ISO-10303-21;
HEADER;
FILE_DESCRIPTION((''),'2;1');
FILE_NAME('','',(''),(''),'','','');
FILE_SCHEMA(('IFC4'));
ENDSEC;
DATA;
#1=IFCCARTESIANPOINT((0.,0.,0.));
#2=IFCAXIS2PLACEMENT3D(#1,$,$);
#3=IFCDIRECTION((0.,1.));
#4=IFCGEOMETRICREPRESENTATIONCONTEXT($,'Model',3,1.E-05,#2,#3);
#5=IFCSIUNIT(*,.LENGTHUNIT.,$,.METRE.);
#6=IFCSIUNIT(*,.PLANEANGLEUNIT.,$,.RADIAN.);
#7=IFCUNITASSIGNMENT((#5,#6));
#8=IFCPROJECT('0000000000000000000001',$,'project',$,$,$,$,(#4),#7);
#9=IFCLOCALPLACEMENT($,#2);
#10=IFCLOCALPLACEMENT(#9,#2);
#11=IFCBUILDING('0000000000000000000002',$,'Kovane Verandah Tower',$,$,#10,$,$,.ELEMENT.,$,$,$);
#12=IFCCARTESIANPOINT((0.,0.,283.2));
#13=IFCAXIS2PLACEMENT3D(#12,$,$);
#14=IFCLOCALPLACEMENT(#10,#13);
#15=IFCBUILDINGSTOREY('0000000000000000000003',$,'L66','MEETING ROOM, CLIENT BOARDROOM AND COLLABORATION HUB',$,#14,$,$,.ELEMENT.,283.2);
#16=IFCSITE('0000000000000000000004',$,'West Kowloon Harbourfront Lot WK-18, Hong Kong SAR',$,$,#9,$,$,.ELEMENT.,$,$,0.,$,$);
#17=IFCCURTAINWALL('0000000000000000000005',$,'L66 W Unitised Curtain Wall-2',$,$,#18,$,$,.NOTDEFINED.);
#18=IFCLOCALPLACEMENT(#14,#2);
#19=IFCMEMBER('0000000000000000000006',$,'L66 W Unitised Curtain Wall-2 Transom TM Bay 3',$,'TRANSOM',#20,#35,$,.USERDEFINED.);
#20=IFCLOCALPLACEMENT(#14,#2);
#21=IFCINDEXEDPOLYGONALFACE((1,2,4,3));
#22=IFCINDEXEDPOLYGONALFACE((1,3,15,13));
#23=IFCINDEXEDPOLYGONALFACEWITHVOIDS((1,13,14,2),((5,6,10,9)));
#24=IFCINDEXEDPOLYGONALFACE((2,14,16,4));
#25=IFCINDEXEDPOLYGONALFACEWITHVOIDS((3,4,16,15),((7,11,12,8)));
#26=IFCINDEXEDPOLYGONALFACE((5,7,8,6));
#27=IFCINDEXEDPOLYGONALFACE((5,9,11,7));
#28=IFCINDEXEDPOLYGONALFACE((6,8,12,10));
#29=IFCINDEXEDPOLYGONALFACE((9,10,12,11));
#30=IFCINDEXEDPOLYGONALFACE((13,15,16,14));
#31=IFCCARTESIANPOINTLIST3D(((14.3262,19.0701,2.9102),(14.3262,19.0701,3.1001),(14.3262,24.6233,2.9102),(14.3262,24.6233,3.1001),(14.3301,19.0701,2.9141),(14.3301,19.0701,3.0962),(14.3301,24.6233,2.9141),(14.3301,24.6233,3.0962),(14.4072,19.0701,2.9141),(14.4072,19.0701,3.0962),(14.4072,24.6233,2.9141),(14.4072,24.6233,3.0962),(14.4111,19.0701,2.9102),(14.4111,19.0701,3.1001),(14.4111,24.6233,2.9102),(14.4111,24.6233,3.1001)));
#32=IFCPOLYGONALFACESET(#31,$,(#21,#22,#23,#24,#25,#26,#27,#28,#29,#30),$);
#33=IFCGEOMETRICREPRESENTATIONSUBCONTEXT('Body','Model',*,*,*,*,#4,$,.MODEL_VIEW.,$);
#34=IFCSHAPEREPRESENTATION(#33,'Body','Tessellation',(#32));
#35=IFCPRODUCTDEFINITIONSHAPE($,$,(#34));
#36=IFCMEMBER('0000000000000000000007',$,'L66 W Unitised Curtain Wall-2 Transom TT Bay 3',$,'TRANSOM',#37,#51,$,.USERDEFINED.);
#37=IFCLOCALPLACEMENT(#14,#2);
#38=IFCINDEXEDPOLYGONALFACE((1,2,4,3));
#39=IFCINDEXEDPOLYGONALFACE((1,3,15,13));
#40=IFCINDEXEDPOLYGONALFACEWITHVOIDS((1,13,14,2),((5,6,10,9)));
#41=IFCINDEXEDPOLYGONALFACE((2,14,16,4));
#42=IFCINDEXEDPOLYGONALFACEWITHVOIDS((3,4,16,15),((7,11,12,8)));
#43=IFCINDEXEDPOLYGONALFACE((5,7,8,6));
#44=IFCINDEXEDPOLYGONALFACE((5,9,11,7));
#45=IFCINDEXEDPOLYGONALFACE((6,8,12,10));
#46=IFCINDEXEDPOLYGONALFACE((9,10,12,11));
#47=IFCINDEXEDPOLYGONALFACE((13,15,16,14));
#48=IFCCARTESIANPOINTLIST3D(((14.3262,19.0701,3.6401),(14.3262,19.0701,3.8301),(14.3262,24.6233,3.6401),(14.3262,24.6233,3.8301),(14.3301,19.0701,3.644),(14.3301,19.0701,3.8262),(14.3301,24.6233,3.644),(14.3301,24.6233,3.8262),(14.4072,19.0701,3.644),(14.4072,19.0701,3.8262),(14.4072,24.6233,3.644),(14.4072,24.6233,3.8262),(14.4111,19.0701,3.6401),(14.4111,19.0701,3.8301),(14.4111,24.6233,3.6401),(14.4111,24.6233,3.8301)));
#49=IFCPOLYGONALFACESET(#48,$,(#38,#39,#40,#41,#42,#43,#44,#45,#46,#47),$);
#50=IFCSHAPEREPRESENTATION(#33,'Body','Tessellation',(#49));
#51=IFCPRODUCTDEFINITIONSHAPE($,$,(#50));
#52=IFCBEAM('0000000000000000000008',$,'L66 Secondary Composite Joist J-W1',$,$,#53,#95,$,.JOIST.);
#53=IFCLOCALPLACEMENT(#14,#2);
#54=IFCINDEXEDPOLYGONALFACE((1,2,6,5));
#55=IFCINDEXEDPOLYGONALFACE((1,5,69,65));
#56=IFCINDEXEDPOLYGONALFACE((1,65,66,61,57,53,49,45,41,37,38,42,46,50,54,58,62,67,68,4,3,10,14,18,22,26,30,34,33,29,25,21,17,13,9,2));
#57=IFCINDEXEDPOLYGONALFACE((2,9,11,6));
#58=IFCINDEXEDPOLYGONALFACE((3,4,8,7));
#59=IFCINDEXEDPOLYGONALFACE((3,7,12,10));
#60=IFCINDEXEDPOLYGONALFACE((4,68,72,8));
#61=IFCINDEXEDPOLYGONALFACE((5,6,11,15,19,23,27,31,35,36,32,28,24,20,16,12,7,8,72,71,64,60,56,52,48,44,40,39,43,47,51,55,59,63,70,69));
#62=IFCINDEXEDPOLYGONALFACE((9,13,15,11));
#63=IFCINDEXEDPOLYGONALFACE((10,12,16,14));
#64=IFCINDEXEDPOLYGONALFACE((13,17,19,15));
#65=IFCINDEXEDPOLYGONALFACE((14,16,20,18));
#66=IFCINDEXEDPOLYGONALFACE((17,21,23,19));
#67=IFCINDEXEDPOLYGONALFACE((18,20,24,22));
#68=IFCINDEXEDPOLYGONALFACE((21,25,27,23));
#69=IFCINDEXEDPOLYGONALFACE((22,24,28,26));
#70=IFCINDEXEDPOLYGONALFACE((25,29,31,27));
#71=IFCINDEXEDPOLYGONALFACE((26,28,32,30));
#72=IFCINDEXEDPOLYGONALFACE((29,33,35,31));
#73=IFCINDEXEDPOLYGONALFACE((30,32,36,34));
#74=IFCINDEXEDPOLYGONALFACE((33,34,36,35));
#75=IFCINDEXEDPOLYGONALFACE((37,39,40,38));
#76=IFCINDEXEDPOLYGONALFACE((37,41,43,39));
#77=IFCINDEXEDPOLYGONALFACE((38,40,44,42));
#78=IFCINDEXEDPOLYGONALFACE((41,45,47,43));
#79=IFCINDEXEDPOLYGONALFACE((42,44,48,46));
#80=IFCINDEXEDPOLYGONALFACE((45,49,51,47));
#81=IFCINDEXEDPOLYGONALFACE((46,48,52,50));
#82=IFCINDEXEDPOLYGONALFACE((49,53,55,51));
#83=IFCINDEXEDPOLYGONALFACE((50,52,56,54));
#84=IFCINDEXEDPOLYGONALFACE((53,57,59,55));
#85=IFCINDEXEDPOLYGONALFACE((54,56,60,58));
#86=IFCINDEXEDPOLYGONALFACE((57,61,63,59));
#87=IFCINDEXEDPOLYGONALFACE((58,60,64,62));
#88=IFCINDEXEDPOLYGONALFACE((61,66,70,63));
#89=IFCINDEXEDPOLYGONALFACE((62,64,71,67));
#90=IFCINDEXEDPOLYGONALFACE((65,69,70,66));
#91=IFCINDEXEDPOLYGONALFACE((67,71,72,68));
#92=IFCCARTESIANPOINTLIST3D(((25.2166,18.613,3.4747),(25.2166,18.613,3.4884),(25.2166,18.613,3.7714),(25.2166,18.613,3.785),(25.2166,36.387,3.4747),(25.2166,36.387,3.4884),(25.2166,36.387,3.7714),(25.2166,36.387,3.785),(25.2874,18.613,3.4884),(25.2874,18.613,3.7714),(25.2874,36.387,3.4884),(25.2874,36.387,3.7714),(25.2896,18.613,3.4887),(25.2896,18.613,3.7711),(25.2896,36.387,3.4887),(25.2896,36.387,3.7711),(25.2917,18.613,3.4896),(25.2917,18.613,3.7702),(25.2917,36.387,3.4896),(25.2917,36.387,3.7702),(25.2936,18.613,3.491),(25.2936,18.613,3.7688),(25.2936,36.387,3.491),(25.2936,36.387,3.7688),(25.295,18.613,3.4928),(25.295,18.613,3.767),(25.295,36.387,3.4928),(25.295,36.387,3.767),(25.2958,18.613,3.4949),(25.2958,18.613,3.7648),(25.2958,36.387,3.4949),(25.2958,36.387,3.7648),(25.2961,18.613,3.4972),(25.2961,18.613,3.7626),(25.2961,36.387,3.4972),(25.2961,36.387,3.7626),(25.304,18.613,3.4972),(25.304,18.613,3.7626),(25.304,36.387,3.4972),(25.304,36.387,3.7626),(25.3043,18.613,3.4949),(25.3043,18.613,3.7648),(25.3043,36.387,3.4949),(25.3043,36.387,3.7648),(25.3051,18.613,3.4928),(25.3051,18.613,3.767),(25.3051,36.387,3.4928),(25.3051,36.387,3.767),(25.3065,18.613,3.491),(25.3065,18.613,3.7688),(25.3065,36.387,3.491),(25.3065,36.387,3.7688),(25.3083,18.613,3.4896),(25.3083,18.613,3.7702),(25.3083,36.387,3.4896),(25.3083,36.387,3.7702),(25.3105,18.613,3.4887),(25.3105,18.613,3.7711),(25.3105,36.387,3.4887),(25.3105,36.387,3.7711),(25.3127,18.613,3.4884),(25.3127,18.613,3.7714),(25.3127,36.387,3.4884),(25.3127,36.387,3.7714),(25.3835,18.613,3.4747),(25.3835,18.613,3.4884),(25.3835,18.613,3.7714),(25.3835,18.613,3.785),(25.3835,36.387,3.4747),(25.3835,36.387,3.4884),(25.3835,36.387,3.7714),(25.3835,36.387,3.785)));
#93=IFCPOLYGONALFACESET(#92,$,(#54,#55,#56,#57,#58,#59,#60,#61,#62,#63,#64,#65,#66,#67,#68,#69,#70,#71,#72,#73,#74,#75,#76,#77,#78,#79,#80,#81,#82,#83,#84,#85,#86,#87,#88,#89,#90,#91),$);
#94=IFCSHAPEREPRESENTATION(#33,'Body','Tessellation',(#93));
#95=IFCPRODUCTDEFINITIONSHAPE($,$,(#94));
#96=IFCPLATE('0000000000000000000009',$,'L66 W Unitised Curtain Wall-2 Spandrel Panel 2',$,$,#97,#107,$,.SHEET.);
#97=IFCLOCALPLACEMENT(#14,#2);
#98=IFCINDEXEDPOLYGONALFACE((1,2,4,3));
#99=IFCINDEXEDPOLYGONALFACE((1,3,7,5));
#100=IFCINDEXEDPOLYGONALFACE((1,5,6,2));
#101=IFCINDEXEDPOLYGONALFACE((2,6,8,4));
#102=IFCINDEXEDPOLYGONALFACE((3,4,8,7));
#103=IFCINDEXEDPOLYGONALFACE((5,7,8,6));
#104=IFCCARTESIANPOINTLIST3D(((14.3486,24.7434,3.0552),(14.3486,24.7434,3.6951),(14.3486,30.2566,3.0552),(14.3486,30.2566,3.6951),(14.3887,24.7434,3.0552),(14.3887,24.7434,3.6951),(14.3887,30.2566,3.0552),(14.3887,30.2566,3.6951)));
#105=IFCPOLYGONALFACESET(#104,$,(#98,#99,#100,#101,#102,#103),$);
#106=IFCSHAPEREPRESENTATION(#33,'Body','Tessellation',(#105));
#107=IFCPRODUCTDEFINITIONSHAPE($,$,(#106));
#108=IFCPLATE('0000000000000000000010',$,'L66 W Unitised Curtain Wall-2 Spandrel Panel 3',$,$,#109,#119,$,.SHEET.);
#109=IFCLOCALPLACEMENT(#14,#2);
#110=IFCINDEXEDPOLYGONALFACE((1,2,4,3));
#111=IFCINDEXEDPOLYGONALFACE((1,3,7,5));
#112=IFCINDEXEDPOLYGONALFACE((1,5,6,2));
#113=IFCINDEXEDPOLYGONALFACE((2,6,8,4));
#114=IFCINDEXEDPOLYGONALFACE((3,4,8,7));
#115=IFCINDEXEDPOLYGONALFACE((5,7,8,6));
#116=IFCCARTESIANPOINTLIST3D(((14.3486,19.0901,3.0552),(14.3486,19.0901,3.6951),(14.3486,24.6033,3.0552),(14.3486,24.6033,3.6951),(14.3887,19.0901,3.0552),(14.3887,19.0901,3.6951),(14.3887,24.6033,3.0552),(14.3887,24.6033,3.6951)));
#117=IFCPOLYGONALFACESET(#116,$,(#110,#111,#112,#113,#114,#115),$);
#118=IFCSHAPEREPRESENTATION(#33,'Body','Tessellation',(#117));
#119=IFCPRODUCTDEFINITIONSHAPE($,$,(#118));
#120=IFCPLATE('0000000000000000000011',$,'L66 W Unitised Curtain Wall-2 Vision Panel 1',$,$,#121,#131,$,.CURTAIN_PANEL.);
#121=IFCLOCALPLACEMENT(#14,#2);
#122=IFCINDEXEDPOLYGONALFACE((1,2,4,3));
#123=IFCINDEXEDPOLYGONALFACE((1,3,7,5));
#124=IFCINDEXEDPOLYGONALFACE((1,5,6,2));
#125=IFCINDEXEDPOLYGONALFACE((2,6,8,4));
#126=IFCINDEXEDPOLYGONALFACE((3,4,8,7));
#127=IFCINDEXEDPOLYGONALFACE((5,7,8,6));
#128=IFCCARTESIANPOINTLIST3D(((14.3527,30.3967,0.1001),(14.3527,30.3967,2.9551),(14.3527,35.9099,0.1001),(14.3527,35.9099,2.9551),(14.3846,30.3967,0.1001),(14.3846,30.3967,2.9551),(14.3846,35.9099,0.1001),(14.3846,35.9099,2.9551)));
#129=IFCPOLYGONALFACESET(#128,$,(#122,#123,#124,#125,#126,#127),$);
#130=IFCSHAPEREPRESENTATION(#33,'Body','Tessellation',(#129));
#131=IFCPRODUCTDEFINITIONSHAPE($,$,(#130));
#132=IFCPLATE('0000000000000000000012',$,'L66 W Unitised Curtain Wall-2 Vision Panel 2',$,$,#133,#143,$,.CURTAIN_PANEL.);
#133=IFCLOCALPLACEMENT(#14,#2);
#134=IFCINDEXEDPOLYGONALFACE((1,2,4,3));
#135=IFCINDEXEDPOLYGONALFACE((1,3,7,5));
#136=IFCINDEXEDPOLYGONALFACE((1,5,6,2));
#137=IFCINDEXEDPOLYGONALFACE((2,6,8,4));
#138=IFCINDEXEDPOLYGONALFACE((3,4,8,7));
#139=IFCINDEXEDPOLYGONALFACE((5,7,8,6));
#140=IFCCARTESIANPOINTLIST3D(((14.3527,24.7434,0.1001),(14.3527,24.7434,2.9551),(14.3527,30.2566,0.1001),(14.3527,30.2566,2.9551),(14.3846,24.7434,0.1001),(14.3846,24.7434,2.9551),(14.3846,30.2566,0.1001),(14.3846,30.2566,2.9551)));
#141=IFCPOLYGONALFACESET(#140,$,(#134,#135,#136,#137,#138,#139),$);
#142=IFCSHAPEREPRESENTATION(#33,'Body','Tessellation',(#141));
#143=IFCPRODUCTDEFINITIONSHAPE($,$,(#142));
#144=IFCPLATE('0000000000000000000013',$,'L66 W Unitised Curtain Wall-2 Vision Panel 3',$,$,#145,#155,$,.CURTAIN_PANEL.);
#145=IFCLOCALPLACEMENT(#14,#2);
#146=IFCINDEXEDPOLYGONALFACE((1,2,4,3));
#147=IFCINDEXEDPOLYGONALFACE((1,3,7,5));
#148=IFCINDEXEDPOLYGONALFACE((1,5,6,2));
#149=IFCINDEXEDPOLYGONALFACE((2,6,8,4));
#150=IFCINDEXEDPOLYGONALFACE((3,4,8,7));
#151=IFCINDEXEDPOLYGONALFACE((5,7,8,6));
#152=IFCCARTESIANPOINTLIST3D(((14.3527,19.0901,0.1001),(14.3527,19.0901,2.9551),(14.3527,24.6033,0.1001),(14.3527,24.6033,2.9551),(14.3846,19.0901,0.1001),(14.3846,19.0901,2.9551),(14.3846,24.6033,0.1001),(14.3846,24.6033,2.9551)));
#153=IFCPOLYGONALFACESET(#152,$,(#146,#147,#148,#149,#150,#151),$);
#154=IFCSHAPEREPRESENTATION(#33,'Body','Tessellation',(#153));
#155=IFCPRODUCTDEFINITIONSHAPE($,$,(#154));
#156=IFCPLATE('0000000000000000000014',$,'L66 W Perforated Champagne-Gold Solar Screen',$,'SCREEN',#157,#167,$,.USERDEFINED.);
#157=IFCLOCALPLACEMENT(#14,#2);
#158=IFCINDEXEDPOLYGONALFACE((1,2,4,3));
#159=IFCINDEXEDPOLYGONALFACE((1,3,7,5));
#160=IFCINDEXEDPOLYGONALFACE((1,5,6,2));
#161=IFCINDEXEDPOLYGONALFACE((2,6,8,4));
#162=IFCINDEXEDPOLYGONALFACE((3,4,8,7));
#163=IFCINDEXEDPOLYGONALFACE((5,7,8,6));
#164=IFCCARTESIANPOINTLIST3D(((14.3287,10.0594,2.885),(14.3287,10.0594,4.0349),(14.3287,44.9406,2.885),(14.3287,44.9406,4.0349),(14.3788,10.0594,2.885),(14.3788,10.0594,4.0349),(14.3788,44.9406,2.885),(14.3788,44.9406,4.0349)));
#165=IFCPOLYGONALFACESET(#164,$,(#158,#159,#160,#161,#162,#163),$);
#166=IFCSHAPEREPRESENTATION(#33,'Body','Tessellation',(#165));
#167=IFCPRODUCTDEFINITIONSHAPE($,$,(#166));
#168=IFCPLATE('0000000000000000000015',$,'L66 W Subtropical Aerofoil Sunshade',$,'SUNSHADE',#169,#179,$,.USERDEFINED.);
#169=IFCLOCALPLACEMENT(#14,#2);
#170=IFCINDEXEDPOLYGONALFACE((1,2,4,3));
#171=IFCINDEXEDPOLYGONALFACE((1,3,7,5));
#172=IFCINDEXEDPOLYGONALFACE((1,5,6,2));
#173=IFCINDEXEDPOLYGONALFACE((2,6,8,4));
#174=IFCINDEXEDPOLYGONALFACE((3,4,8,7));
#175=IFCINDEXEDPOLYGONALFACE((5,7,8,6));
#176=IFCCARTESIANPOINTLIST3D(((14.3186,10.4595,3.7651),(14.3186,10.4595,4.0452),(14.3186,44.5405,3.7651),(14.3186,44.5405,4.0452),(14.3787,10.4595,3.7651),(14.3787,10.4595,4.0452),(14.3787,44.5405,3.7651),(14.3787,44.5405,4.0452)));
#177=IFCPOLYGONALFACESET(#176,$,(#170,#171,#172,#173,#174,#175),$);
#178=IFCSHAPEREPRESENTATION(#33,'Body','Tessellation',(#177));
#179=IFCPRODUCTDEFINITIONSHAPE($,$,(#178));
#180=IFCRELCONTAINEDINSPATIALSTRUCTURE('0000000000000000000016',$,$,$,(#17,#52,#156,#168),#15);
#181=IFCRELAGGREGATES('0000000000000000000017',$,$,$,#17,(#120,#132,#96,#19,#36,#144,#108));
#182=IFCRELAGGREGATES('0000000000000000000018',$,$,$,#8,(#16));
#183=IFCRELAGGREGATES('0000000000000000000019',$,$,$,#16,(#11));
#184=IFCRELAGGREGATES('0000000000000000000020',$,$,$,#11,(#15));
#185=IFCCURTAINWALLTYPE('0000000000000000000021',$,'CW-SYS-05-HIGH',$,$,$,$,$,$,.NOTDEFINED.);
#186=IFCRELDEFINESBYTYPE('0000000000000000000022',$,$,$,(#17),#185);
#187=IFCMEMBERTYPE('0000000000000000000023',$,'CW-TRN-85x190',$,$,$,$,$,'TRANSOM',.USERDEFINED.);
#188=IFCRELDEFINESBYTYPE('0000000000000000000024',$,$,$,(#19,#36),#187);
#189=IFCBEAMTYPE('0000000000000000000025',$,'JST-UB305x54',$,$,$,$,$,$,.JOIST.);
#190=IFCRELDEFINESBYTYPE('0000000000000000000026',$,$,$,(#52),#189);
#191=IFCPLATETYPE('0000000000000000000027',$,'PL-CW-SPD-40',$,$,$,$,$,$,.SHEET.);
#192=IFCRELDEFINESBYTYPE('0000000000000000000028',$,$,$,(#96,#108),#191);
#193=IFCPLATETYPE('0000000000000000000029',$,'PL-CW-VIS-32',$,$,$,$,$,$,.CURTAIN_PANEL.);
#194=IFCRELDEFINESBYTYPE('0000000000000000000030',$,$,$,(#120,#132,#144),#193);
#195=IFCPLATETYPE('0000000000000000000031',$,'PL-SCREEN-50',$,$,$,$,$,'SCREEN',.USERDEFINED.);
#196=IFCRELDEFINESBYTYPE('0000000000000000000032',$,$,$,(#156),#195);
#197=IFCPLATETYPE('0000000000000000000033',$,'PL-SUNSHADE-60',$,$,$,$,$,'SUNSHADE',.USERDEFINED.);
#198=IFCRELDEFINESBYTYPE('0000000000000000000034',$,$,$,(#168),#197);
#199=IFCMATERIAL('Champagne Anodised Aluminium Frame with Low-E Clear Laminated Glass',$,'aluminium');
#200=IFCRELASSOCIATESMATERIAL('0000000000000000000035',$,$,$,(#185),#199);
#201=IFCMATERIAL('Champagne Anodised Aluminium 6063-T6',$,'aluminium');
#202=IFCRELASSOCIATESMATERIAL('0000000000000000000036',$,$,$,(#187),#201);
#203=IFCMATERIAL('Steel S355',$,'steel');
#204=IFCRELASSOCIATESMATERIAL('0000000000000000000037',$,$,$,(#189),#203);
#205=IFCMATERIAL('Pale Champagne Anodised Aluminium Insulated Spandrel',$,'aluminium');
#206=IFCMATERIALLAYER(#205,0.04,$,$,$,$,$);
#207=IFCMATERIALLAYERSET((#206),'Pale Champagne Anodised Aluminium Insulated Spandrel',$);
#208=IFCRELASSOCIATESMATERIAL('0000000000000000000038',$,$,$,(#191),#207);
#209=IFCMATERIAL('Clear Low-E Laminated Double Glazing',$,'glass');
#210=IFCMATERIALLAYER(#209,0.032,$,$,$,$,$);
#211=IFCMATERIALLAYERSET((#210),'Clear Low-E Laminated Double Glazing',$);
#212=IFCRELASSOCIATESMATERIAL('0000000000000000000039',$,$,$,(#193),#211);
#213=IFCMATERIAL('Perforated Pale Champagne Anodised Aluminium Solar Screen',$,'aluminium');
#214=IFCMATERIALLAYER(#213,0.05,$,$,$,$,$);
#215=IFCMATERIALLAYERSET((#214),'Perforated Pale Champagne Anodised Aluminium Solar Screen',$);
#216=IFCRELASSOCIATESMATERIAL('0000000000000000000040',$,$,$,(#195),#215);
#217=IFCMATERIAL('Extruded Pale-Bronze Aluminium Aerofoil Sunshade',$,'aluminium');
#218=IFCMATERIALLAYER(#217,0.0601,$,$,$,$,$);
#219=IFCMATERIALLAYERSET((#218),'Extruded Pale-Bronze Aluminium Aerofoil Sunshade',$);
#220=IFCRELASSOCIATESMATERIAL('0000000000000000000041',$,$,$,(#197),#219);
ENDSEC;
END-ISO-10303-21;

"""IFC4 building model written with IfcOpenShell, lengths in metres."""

from ifc_helpers import new_model, si_unit, direction, frame, origin, origin_2d, place, context, subcontext, project, spatial, rectangle, hollow_rectangle, i_section, extrude, material, layer, layer_set, material_profile, profile_set, type_object, element, aggregate, save


model = new_model("IFC4")

# Units and contexts
model_context = context("Model", 3, precision=1e-05, world=origin(), true_north=direction((0.0, 1.0)))
body_context = subcontext(model_context, "Body", "Model", "MODEL_VIEW")
ifc_project = project(units=[si_unit("LENGTHUNIT", "METRE"), si_unit("PLANEANGLEUNIT", "RADIAN")], contexts=[model_context])

# Site, building, storey
site_placement = place(None, origin())
site = spatial("IfcSite", under=ifc_project, at=site_placement, Name="West Kowloon Harbourfront Lot WK-18, Hong Kong SAR", CompositionType="ELEMENT", RefElevation=0.0)
building_placement = place(site_placement, origin())
building = spatial("IfcBuilding", under=site, at=building_placement, Name="Kovane Verandah Tower", CompositionType="ELEMENT")
storey_placement = place(building_placement, frame((0.0, 0.0, 283.2)))
storey = spatial("IfcBuildingStorey", under=building, at=storey_placement, Name="L66", Description="MEETING ROOM, CLIENT BOARDROOM AND COLLABORATION HUB", CompositionType="ELEMENT", Elevation=283.2)

# Shared definitions
ifc_material_1 = material(Name="Steel S355", Category="steel")

# Curtain wall, members
ifc_material_2 = material(Name="Champagne Anodised Aluminium Frame with Low-E Clear Laminated Glass", Category="aluminium")
curtain_wall_type = type_object("IfcCurtainWallType", Name="CW-SYS-05-HIGH", PredefinedType="NOTDEFINED", material=ifc_material_2)
curtain_wall_placement = place(storey_placement, origin())
curtain_wall = element("IfcCurtainWall", 1, at=curtain_wall_placement, inside=storey, type_object=curtain_wall_type, Name="L66 W Unitised Curtain Wall-2", PredefinedType="NOTDEFINED")
ifc_material_3 = material(Name="Champagne Anodised Aluminium 6063-T6", Category="aluminium")
ifc_material_profile_1 = material_profile(ifc_material_3, hollow_rectangle(XDim=0.085, YDim=0.1899, WallThickness=0.0039, at=origin_2d()), Name="AL85x190x4")
ifc_profile_set_1 = profile_set([ifc_material_profile_1], Name="Champagne Anodised Aluminium 6063-T6")
member_type_1 = type_object("IfcMemberType", Name="CW-TRN-85x190", ElementType="TRANSOM", PredefinedType="USERDEFINED", material=ifc_profile_set_1)
member_1_placement = place(storey_placement, frame((14.3687, 24.6233, 3.0051), z_axis=(0.0, -1.0, 0.0), x_axis=(1.0, 0.0, 0.0)))
member_1 = element("IfcMember", 2, at=member_1_placement, type_object=member_type_1, Name="L66 W Unitised Curtain Wall-2 Transom TM Bay 3", ObjectType="TRANSOM", PredefinedType="USERDEFINED", context=body_context, shape_type="SweptSolid", body=[
    extrude(hollow_rectangle(XDim=0.085, YDim=0.1899, WallThickness=0.0039, at=origin_2d()), origin(), (0.0, 0.0, 1.0), 5.5532),
])
member_2_placement = place(storey_placement, frame((14.3687, 24.6233, 3.7351), z_axis=(0.0, -1.0, 0.0), x_axis=(1.0, 0.0, 0.0)))
member_2 = element("IfcMember", 3, at=member_2_placement, type_object=member_type_1, Name="L66 W Unitised Curtain Wall-2 Transom TT Bay 3", ObjectType="TRANSOM", PredefinedType="USERDEFINED", context=body_context, shape_type="SweptSolid", body=[
    extrude(hollow_rectangle(XDim=0.085, YDim=0.1899, WallThickness=0.0039, at=origin_2d()), origin(), (0.0, 0.0, 1.0), 5.5532),
])

# Beam
ifc_material_profile_2 = material_profile(ifc_material_1, i_section(OverallWidth=0.167, OverallDepth=0.3103, WebThickness=0.0078, FlangeThickness=0.0137, FilletRadius=0.0088, at=origin_2d()), Name="UB305x165x54")
ifc_profile_set_2 = profile_set([ifc_material_profile_2], Name="Steel S355")
beam_type_1 = type_object("IfcBeamType", Name="JST-UB305x54", PredefinedType="JOIST", material=ifc_profile_set_2)
beam_1_placement = place(storey_placement, frame((25.3, 18.613, 3.6299), z_axis=(0.0, 1.0, 0.0), x_axis=(-1.0, 0.0, 0.0)))
element("IfcBeam", 4, at=beam_1_placement, inside=storey, type_object=beam_type_1, Name="L66 Secondary Composite Joist J-W1", PredefinedType="JOIST", context=body_context, shape_type="SweptSolid", body=[
    extrude(i_section(OverallWidth=0.167, OverallDepth=0.3103, WebThickness=0.0078, FlangeThickness=0.0137, FilletRadius=0.0088, at=origin_2d()), origin(), (0.0, 0.0, 1.0), 17.7739),
])

# Plates
ifc_material_4 = material(Name="Pale Champagne Anodised Aluminium Insulated Spandrel", Category="aluminium")
ifc_layer_1 = layer(ifc_material_4, 0.04)
ifc_layer_set_1 = layer_set([ifc_layer_1], Name="Pale Champagne Anodised Aluminium Insulated Spandrel")
plate_type_1 = type_object("IfcPlateType", Name="PL-CW-SPD-40", PredefinedType="SHEET", material=ifc_layer_set_1)
plate_1_placement = place(storey_placement, frame((14.3687, 27.5, 3.0552), z_axis=(0.0, 0.0, 1.0), x_axis=(0.0, -1.0, 0.0)))
plate_1 = element("IfcPlate", 5, at=plate_1_placement, type_object=plate_type_1, Name="L66 W Unitised Curtain Wall-2 Spandrel Panel 2", PredefinedType="SHEET", context=body_context, shape_type="SweptSolid", body=[
    extrude(rectangle(XDim=5.5132, YDim=0.04, at=origin_2d()), origin(), (0.0, 0.0, 1.0), 0.6399),
])
plate_2_placement = place(storey_placement, frame((14.3687, 21.8467, 3.0552), z_axis=(0.0, 0.0, 1.0), x_axis=(0.0, -1.0, 0.0)))
plate_2 = element("IfcPlate", 6, at=plate_2_placement, type_object=plate_type_1, Name="L66 W Unitised Curtain Wall-2 Spandrel Panel 3", PredefinedType="SHEET", context=body_context, shape_type="SweptSolid", body=[
    extrude(rectangle(XDim=5.5132, YDim=0.04, at=origin_2d()), origin(), (0.0, 0.0, 1.0), 0.6399),
])
ifc_material_5 = material(Name="Clear Low-E Laminated Double Glazing", Category="glass")
ifc_layer_2 = layer(ifc_material_5, 0.032)
ifc_layer_set_2 = layer_set([ifc_layer_2], Name="Clear Low-E Laminated Double Glazing")
plate_type_2 = type_object("IfcPlateType", Name="PL-CW-VIS-32", PredefinedType="CURTAIN_PANEL", material=ifc_layer_set_2)
plate_3_placement = place(storey_placement, frame((14.3687, 33.1533, 0.1001), z_axis=(0.0, 0.0, 1.0), x_axis=(0.0, -1.0, 0.0)))
plate_3 = element("IfcPlate", 7, at=plate_3_placement, type_object=plate_type_2, Name="L66 W Unitised Curtain Wall-2 Vision Panel 1", PredefinedType="CURTAIN_PANEL", context=body_context, shape_type="SweptSolid", body=[
    extrude(rectangle(XDim=5.5132, YDim=0.032, at=origin_2d()), origin(), (0.0, 0.0, 1.0), 2.855),
])
plate_4_placement = place(storey_placement, frame((14.3687, 27.5, 0.1001), z_axis=(0.0, 0.0, 1.0), x_axis=(0.0, -1.0, 0.0)))
plate_4 = element("IfcPlate", 8, at=plate_4_placement, type_object=plate_type_2, Name="L66 W Unitised Curtain Wall-2 Vision Panel 2", PredefinedType="CURTAIN_PANEL", context=body_context, shape_type="SweptSolid", body=[
    extrude(rectangle(XDim=5.5132, YDim=0.032, at=origin_2d()), origin(), (0.0, 0.0, 1.0), 2.855),
])
plate_5_placement = place(storey_placement, frame((14.3687, 21.8467, 0.1001), z_axis=(0.0, 0.0, 1.0), x_axis=(0.0, -1.0, 0.0)))
plate_5 = element("IfcPlate", 9, at=plate_5_placement, type_object=plate_type_2, Name="L66 W Unitised Curtain Wall-2 Vision Panel 3", PredefinedType="CURTAIN_PANEL", context=body_context, shape_type="SweptSolid", body=[
    extrude(rectangle(XDim=5.5132, YDim=0.032, at=origin_2d()), origin(), (0.0, 0.0, 1.0), 2.855),
])
aggregate(curtain_wall, [plate_3, plate_4, plate_1, member_1, member_2, plate_5, plate_2])

# Plates
ifc_material_6 = material(Name="Perforated Pale Champagne Anodised Aluminium Solar Screen", Category="aluminium")
ifc_layer_3 = layer(ifc_material_6, 0.05)
ifc_layer_set_3 = layer_set([ifc_layer_3], Name="Perforated Pale Champagne Anodised Aluminium Solar Screen")
plate_type_3 = type_object("IfcPlateType", Name="PL-SCREEN-50", ElementType="SCREEN", PredefinedType="USERDEFINED", material=ifc_layer_set_3)
plate_6_placement = place(storey_placement, frame((14.3538, 27.5, 2.885), z_axis=(0.0, 0.0, 1.0), x_axis=(0.0, -1.0, 0.0)))
element("IfcPlate", 10, at=plate_6_placement, inside=storey, type_object=plate_type_3, Name="L66 W Perforated Champagne-Gold Solar Screen", ObjectType="SCREEN", PredefinedType="USERDEFINED", context=body_context, shape_type="SweptSolid", body=[
    extrude(rectangle(XDim=34.8811, YDim=0.05, at=origin_2d()), origin(), (0.0, 0.0, 1.0), 1.1499),
])
ifc_material_7 = material(Name="Extruded Pale-Bronze Aluminium Aerofoil Sunshade", Category="aluminium")
ifc_layer_4 = layer(ifc_material_7, 0.0601)
ifc_layer_set_4 = layer_set([ifc_layer_4], Name="Extruded Pale-Bronze Aluminium Aerofoil Sunshade")
plate_type_4 = type_object("IfcPlateType", Name="PL-SUNSHADE-60", ElementType="SUNSHADE", PredefinedType="USERDEFINED", material=ifc_layer_set_4)
plate_7_placement = place(storey_placement, frame((14.3486, 27.5, 3.7651), z_axis=(0.0, 0.0, 1.0), x_axis=(0.0, -1.0, 0.0)))
element("IfcPlate", 11, at=plate_7_placement, inside=storey, type_object=plate_type_4, Name="L66 W Subtropical Aerofoil Sunshade", ObjectType="SUNSHADE", PredefinedType="USERDEFINED", context=body_context, shape_type="SweptSolid", body=[
    extrude(rectangle(XDim=34.0811, YDim=0.0601, at=origin_2d()), origin(), (0.0, 0.0, 1.0), 0.28),
])

save(model, "model.ifc")
